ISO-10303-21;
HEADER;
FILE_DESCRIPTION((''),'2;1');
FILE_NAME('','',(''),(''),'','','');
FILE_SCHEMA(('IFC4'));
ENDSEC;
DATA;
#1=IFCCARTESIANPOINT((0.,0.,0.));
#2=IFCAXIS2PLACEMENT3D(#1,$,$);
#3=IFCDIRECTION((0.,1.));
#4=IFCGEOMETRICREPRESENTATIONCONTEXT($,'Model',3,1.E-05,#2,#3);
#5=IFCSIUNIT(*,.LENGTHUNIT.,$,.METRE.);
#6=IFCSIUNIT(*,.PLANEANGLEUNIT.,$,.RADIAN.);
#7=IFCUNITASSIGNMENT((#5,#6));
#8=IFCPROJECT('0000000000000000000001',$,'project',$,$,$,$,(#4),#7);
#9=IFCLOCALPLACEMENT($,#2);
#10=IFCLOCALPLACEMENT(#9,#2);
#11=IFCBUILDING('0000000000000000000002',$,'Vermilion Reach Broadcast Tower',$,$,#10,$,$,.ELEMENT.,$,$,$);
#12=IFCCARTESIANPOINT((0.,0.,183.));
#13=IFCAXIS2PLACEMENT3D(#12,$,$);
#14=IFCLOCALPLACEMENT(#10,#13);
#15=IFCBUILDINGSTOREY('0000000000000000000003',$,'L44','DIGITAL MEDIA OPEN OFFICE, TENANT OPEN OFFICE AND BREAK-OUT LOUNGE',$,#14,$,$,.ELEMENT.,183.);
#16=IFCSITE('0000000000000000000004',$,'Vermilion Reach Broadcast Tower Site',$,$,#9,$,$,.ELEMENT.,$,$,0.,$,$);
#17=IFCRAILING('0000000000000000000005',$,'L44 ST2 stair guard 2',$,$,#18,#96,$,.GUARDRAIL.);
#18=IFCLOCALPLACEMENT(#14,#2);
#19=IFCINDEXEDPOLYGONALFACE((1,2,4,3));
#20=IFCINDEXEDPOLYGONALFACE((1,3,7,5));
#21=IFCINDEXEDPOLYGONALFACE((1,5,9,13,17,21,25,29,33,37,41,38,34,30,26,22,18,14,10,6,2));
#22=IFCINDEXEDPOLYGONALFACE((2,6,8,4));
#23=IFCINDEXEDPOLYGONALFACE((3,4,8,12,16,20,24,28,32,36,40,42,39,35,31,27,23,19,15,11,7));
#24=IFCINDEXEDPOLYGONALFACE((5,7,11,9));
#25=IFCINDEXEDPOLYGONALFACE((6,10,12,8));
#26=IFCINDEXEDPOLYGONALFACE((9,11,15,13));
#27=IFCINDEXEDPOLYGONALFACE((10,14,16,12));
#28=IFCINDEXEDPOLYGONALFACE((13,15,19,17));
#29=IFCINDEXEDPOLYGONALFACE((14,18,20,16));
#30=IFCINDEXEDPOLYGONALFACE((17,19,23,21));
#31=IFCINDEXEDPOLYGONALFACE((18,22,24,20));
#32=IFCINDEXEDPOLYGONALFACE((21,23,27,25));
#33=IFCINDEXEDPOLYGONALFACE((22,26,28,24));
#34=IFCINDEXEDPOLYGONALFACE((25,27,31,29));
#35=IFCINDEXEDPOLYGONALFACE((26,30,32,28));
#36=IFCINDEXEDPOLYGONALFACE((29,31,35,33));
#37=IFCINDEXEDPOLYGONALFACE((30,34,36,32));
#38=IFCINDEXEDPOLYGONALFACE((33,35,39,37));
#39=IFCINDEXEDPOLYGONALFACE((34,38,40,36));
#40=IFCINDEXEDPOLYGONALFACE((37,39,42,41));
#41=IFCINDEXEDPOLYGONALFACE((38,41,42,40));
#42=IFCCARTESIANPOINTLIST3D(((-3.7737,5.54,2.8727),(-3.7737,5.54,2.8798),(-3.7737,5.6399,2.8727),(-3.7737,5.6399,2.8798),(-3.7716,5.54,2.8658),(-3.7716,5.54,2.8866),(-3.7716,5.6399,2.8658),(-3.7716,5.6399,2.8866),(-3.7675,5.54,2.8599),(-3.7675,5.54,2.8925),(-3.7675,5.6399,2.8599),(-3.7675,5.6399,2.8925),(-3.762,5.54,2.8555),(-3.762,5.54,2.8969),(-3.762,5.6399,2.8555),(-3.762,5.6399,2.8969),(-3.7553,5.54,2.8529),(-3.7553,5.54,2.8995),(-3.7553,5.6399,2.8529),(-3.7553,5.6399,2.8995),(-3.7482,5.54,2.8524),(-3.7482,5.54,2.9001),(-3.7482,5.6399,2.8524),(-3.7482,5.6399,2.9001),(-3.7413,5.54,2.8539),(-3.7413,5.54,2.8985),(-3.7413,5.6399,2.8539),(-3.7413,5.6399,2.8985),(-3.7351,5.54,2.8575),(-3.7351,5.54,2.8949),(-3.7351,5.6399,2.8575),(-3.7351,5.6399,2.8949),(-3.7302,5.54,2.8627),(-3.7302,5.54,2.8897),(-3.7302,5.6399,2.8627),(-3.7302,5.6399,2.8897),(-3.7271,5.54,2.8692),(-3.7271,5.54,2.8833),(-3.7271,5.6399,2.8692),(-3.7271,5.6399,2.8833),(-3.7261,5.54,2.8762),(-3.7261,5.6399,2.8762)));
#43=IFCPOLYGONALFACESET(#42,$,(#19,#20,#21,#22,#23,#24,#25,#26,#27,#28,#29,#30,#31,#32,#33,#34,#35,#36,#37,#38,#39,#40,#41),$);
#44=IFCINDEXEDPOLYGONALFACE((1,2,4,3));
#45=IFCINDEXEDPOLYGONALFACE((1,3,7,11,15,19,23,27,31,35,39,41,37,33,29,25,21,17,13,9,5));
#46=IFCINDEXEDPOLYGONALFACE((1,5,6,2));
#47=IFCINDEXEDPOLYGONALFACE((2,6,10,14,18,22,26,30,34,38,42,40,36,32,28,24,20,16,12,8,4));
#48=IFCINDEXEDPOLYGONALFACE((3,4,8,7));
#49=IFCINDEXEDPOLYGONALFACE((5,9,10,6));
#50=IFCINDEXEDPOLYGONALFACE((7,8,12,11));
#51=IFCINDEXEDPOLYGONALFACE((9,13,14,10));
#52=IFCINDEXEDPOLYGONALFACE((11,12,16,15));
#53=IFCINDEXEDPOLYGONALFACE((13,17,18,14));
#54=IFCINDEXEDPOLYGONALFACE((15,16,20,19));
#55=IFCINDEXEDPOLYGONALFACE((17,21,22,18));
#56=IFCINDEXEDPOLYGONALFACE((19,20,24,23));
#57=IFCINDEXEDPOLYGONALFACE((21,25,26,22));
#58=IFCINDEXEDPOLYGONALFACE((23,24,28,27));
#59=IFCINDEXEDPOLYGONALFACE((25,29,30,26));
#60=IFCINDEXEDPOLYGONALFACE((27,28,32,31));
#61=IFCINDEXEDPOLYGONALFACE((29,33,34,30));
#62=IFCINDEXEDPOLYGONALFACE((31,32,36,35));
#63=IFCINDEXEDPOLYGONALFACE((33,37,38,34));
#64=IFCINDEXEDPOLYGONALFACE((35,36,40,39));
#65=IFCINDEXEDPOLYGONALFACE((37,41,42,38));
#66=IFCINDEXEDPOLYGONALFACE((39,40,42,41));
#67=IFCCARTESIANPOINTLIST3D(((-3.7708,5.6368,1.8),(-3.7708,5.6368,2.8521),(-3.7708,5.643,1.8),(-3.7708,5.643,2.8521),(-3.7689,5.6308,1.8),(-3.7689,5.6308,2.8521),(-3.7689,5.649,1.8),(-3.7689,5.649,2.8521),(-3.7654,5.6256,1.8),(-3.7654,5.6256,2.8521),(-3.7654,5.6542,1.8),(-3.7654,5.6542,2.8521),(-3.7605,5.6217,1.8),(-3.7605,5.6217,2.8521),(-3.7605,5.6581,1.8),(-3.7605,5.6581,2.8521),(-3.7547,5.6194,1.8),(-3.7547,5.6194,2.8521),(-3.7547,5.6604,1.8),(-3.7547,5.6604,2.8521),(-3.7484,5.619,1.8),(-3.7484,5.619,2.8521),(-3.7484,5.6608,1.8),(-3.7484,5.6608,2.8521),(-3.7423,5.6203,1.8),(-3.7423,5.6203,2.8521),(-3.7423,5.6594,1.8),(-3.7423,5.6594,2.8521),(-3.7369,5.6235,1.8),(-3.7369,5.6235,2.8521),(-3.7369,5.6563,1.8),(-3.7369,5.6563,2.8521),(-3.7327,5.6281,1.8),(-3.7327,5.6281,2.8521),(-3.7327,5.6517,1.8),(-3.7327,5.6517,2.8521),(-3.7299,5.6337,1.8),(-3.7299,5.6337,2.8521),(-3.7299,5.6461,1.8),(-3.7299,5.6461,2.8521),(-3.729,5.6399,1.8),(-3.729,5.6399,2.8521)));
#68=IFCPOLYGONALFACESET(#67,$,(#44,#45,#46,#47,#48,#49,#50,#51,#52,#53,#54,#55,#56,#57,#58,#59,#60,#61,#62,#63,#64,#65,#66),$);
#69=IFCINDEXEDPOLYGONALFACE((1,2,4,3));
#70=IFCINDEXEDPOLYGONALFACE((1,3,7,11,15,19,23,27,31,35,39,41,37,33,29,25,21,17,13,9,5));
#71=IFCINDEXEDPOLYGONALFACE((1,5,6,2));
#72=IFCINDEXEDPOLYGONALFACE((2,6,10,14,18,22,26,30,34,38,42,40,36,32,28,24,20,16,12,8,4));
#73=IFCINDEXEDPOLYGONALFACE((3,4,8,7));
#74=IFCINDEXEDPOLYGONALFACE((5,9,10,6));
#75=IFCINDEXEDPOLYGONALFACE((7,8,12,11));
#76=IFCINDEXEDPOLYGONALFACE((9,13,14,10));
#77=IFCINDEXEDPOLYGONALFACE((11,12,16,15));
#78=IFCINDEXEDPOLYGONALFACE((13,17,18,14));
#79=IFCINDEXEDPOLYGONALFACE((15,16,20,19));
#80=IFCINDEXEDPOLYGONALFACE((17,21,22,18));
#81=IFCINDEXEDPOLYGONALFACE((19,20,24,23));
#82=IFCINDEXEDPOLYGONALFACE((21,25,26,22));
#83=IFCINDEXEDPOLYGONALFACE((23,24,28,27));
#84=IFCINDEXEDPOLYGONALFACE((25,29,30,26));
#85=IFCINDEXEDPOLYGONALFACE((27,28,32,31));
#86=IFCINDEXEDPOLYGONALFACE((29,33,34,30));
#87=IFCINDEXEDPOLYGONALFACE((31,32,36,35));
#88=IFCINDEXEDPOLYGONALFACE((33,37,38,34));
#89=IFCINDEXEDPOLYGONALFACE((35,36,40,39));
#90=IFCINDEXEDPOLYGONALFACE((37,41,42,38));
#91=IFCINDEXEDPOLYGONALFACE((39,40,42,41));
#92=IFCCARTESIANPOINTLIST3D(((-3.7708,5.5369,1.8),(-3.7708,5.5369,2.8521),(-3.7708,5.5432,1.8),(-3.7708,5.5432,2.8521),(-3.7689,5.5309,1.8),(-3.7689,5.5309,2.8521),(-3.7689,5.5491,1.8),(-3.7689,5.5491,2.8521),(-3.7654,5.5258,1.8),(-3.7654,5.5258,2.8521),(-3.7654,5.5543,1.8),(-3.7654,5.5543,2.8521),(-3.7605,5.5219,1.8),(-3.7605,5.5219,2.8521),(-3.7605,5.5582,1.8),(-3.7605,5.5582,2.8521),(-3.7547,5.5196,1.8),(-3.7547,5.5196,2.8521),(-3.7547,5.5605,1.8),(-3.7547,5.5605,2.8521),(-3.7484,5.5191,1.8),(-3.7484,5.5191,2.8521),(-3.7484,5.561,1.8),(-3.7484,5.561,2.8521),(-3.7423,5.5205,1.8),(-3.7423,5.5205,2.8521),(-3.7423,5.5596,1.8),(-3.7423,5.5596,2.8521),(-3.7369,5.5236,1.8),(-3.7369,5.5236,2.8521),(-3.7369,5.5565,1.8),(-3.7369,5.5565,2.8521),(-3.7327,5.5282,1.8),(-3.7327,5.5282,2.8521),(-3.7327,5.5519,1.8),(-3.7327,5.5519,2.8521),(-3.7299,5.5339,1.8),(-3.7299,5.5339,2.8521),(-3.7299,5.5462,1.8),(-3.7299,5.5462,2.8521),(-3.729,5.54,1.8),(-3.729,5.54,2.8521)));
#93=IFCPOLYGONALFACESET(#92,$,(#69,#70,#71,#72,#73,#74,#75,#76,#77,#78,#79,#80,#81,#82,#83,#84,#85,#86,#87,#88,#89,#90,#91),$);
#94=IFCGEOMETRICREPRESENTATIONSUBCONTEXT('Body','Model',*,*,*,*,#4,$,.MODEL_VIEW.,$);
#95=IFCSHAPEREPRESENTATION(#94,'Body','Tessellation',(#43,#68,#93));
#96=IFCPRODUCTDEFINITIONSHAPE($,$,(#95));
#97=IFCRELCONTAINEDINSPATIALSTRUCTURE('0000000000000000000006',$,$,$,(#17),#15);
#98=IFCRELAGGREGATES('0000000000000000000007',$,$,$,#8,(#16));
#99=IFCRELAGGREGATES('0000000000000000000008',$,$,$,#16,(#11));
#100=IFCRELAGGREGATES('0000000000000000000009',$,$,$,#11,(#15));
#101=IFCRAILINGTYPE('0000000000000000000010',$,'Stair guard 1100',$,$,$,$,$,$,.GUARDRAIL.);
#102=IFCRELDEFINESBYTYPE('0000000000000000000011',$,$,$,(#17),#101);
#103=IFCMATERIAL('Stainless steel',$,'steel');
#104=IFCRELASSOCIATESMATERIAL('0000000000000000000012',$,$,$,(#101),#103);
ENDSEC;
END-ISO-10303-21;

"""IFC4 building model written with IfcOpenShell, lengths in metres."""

from ifc_helpers import new_model, si_unit, direction, frame, origin, origin_2d, place, context, subcontext, project, spatial, circle, extrude, material, type_object, element, save


model = new_model("IFC4")

# Units and contexts
model_context = context("Model", 3, precision=1e-05, world=origin(), true_north=direction((0.0, 1.0)))
body_context = subcontext(model_context, "Body", "Model", "MODEL_VIEW")
ifc_project = project(units=[si_unit("LENGTHUNIT", "METRE"), si_unit("PLANEANGLEUNIT", "RADIAN")], contexts=[model_context])

# Site, building, storey
site_placement = place(None, origin())
site = spatial("IfcSite", under=ifc_project, at=site_placement, Name="Vermilion Reach Broadcast Tower Site", CompositionType="ELEMENT", RefElevation=0.0)
building_placement = place(site_placement, origin())
building = spatial("IfcBuilding", under=site, at=building_placement, Name="Vermilion Reach Broadcast Tower", CompositionType="ELEMENT")
storey_placement = place(building_placement, frame((0.0, 0.0, 183.0)))
storey = spatial("IfcBuildingStorey", under=building, at=storey_placement, Name="L44", Description="DIGITAL MEDIA OPEN OFFICE, TENANT OPEN OFFICE AND BREAK-OUT LOUNGE", CompositionType="ELEMENT", Elevation=183.0)

# Railing
ifc_material_1 = material(Name="Stainless steel", Category="steel")
railing_type_1 = type_object("IfcRailingType", Name="Stair guard 1100", PredefinedType="GUARDRAIL", material=ifc_material_1)
railing_1_placement = place(storey_placement, frame((-3.75, 5.6399, 1.8)))
element("IfcRailing", 1, at=railing_1_placement, inside=storey, type_object=railing_type_1, Name="L44 ST2 stair guard 2", PredefinedType="GUARDRAIL", context=body_context, shape_type="SweptSolid", body=[
    extrude(circle(Radius=0.0239, at=origin_2d()), frame((0.0, 0.0, 1.0762), z_axis=(0.0, -1.0, 0.0), x_axis=(1.0, 0.0, 0.0)), (0.0, 0.0, 1.0), 0.0999),
    extrude(circle(Radius=0.021, at=origin_2d()), origin(), (0.0, 0.0, 1.0), 1.052),
    extrude(circle(Radius=0.021, at=origin_2d()), frame((0.0, -0.0999, 0.0)), (0.0, 0.0, 1.0), 1.052),
])

save(model, "model.ifc")
